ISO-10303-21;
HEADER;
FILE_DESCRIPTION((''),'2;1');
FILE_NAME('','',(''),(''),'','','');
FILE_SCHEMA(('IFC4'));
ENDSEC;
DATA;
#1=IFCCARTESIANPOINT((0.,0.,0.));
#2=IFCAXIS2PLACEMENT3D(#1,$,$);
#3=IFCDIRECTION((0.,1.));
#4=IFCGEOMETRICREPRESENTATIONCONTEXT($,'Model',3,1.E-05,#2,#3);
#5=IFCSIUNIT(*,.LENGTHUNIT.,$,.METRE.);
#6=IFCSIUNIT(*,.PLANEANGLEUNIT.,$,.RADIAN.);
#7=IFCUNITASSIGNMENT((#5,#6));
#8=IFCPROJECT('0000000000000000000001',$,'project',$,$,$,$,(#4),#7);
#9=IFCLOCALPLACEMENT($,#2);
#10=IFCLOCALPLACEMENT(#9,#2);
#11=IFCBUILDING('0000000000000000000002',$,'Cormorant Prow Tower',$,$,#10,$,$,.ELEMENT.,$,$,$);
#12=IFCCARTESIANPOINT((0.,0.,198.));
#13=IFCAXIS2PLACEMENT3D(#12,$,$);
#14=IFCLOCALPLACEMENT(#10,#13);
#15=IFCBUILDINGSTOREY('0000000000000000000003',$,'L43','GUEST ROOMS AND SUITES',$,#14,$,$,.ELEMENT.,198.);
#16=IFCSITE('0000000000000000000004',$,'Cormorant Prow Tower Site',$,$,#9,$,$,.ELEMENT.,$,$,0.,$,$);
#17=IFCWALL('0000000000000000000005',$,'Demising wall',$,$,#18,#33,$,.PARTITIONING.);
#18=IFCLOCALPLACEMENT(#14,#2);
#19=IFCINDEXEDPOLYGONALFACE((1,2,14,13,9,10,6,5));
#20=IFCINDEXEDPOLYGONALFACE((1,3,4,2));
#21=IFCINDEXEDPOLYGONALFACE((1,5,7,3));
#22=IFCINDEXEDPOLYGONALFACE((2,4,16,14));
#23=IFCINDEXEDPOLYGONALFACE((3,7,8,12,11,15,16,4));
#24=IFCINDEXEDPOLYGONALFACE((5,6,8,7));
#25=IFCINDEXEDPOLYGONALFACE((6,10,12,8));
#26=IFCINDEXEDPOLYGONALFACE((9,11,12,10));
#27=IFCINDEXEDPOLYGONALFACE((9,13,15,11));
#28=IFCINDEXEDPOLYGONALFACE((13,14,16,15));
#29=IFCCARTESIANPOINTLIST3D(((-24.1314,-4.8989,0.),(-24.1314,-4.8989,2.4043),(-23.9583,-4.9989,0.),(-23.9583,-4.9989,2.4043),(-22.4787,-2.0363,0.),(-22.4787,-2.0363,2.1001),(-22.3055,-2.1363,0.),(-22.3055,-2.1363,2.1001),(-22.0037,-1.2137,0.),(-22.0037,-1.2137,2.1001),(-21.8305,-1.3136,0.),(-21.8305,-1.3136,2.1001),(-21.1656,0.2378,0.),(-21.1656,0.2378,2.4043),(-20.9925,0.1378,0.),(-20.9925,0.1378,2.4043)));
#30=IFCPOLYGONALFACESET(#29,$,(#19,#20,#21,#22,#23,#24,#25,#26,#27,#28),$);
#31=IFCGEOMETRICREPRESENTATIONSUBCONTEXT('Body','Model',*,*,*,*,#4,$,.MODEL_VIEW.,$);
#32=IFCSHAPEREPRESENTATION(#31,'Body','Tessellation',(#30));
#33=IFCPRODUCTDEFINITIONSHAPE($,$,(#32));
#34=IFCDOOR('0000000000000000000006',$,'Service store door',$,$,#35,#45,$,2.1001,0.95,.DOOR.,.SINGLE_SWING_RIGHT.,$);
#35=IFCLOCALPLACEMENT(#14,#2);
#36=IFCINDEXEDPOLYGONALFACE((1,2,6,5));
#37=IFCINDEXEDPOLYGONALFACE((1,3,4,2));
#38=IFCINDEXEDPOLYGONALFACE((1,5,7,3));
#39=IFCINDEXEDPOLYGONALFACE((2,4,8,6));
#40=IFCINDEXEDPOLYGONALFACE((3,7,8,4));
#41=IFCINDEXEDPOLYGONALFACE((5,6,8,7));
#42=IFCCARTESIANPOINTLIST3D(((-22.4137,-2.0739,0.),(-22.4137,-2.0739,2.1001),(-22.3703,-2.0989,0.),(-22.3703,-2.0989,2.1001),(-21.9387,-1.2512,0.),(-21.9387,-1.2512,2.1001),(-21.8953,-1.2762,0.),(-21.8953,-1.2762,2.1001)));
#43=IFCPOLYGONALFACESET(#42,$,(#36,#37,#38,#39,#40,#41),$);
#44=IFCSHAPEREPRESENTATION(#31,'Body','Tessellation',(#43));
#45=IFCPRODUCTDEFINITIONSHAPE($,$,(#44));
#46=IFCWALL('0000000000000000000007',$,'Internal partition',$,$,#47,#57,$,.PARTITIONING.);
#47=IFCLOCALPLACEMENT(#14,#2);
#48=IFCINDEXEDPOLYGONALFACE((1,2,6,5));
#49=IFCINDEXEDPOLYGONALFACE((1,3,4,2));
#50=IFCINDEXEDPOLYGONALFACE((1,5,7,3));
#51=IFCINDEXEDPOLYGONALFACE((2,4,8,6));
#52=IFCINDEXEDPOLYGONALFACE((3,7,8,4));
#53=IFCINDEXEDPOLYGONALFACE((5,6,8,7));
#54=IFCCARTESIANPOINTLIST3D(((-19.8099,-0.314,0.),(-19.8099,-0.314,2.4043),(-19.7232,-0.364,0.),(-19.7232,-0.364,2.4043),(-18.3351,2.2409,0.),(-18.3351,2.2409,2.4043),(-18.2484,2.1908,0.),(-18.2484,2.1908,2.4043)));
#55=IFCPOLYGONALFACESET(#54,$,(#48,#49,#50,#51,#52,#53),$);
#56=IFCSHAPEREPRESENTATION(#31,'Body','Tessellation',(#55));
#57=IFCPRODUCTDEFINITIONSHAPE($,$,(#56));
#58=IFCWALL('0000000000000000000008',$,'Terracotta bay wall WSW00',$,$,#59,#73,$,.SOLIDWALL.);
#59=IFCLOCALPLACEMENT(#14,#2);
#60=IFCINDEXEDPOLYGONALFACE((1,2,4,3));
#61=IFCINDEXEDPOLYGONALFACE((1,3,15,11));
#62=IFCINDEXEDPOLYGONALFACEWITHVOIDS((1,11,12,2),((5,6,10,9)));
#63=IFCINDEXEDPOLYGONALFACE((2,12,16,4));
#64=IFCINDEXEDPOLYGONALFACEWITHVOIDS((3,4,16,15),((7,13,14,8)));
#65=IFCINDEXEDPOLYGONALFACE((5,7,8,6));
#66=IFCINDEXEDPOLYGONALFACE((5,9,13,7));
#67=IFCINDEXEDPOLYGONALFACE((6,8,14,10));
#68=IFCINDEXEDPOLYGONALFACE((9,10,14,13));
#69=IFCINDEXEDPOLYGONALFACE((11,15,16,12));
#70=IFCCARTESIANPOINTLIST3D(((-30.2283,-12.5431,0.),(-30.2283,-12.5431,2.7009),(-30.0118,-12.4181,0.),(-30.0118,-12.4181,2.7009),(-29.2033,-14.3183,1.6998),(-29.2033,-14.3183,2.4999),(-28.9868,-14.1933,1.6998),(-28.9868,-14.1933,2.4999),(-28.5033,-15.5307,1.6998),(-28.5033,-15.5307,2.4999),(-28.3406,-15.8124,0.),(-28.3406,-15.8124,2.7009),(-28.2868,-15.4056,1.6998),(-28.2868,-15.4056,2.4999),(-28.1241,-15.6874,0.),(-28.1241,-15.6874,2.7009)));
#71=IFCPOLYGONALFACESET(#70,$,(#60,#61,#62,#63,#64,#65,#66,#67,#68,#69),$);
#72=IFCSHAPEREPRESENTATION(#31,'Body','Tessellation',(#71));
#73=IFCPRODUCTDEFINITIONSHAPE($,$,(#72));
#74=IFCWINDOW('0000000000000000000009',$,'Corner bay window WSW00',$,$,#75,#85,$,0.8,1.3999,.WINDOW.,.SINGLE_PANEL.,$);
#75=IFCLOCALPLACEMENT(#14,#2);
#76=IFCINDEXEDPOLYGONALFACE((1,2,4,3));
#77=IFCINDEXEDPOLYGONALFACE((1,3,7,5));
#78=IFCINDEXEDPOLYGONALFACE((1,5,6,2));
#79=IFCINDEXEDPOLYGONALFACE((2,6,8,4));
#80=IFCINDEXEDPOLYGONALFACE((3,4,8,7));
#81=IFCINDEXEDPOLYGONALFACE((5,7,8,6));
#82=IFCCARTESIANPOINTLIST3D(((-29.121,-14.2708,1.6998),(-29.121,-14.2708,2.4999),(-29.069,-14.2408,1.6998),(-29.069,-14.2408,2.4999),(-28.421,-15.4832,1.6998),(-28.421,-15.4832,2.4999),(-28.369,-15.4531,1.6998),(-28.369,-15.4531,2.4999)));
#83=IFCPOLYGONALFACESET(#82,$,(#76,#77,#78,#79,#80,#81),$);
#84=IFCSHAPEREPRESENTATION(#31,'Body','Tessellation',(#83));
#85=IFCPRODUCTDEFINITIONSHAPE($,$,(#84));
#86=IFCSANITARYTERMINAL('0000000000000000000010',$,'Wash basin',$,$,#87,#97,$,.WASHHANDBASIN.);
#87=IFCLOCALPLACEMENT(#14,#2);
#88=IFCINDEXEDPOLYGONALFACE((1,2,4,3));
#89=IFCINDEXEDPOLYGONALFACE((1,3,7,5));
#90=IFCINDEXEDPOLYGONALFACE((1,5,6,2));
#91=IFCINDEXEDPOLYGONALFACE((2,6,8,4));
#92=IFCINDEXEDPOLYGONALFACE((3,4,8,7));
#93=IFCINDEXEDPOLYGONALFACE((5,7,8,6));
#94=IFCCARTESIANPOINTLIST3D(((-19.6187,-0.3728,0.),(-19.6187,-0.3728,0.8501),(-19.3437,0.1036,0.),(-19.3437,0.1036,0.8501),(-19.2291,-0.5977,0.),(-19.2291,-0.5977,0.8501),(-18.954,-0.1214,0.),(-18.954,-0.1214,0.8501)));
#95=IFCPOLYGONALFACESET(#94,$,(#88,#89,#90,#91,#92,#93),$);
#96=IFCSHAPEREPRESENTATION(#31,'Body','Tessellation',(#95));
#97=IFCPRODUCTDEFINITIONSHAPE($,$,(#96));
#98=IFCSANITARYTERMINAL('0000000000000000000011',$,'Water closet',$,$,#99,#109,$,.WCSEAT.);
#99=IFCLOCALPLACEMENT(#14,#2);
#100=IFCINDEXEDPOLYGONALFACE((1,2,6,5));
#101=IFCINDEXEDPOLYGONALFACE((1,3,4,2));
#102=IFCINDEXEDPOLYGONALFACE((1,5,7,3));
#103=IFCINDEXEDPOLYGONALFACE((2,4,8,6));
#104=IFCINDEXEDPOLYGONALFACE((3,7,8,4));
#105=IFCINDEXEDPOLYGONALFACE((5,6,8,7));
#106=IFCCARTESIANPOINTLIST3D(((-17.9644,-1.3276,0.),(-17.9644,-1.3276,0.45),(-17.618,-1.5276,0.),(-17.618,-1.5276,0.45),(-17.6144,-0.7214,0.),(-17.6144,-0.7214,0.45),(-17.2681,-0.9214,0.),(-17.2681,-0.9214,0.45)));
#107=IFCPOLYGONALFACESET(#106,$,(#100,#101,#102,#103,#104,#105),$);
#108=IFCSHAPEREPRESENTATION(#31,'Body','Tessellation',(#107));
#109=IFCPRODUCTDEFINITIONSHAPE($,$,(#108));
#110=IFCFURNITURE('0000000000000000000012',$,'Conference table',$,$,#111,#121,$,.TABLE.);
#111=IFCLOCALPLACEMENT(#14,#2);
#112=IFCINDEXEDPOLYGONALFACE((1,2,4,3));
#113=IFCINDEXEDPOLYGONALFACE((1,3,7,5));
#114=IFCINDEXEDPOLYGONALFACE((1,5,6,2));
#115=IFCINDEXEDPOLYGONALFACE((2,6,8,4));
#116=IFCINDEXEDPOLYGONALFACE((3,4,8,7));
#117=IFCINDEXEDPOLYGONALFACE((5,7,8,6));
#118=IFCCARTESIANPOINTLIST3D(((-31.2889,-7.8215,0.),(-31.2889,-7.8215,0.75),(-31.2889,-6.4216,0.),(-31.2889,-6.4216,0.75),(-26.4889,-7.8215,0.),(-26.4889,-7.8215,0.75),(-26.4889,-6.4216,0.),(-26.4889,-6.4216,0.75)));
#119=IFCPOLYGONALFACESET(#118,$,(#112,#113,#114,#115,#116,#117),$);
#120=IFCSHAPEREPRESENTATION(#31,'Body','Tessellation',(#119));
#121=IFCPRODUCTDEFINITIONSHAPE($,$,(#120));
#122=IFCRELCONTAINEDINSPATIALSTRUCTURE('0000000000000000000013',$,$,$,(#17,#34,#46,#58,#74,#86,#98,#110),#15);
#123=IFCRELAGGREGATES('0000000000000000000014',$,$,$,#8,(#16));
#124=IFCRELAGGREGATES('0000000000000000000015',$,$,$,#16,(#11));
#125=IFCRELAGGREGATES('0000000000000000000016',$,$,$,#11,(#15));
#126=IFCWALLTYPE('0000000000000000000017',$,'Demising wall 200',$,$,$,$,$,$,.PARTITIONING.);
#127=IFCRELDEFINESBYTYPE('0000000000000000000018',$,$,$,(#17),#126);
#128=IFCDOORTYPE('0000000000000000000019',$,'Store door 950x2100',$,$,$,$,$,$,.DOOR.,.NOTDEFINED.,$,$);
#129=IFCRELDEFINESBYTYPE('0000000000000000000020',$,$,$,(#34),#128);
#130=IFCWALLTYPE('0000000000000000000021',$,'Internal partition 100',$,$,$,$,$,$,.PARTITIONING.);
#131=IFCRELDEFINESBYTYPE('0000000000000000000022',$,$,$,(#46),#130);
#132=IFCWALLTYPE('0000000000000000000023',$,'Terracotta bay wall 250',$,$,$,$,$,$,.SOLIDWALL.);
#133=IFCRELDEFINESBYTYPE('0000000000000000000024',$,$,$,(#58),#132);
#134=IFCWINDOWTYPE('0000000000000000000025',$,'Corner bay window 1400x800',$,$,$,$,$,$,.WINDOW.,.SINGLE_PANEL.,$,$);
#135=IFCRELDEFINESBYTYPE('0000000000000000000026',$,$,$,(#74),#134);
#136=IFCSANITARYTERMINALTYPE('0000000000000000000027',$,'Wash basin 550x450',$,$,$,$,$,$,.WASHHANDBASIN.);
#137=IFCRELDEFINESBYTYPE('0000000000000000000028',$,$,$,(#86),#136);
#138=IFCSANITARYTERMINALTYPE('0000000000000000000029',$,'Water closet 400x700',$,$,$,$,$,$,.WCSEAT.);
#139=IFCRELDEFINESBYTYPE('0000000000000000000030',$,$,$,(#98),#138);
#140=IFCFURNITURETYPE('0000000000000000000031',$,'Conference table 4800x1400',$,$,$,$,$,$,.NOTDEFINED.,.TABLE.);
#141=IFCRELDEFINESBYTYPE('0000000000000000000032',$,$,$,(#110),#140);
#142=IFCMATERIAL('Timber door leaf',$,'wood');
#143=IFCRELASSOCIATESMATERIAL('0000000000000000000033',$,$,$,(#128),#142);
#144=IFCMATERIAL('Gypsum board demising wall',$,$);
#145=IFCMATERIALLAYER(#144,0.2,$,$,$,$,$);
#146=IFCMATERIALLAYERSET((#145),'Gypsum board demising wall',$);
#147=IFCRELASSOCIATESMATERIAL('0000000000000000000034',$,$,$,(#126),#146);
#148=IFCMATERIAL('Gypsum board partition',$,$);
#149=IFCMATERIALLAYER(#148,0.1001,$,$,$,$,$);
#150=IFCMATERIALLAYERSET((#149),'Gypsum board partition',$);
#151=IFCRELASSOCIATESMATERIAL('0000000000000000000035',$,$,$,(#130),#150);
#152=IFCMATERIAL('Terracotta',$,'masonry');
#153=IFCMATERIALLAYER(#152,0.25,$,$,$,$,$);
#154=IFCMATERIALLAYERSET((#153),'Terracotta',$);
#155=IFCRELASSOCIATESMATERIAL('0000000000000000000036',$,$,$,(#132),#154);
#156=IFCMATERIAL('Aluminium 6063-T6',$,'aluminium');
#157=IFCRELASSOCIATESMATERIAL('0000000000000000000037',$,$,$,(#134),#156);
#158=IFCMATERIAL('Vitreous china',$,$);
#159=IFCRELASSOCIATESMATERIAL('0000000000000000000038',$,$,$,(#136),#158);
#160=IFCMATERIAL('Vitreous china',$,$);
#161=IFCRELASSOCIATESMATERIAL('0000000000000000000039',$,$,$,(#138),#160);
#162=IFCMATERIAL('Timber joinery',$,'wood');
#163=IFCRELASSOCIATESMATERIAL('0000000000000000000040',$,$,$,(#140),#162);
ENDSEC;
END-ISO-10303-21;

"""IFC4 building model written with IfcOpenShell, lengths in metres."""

from ifc_helpers import new_model, si_unit, direction, frame, frame_2d, origin, origin_2d, place, context, subcontext, project, spatial, rectangle, extrude, material, layer, layer_set, type_object, element, fill, save


model = new_model("IFC4")

# Units and contexts
model_context = context("Model", 3, precision=1e-05, world=origin(), true_north=direction((0.0, 1.0)))
body_context = subcontext(model_context, "Body", "Model", "MODEL_VIEW")
ifc_project = project(units=[si_unit("LENGTHUNIT", "METRE"), si_unit("PLANEANGLEUNIT", "RADIAN")], contexts=[model_context])

# Site, building, storey
site_placement = place(None, origin())
site = spatial("IfcSite", under=ifc_project, at=site_placement, Name="Cormorant Prow Tower Site", CompositionType="ELEMENT", RefElevation=0.0)
building_placement = place(site_placement, origin())
building = spatial("IfcBuilding", under=site, at=building_placement, Name="Cormorant Prow Tower", CompositionType="ELEMENT")
storey_placement = place(building_placement, frame((0.0, 0.0, 198.0)))
storey = spatial("IfcBuildingStorey", under=building, at=storey_placement, Name="L43", Description="GUEST ROOMS AND SUITES", CompositionType="ELEMENT", Elevation=198.0)

# Shared definitions
ifc_material_1 = material(Name="Timber door leaf", Category="wood")
door_type_1 = type_object("IfcDoorType", Name="Store door 950x2100", OperationType="NOTDEFINED", PredefinedType="DOOR", material=ifc_material_1)

# Shared definitions
ifc_material_2 = material(Name="Gypsum board demising wall")
ifc_layer_1 = layer(ifc_material_2, 0.2)
ifc_layer_set_1 = layer_set([ifc_layer_1], Name="Gypsum board demising wall")
wall_type_1 = type_object("IfcWallType", Name="Demising wall 200", PredefinedType="PARTITIONING", material=ifc_layer_set_1)

# Wall, opening, door
wall_1_placement = place(storey_placement, frame((-24.0449, -4.949, 0.0), z_axis=(0.0, 0.0, 1.0), x_axis=(0.500017, 0.866016, 0.0)))
wall_1 = element("IfcWall", 1, at=wall_1_placement, inside=storey, type_object=wall_type_1, Name="Demising wall", PredefinedType="PARTITIONING", context=body_context, shape_type="SweptSolid", body=[
    extrude(rectangle(XDim=5.9314, YDim=0.2, at=frame_2d((2.9658, 0.0))), origin(), (0.0, 0.0, 1.0), 2.4043),
])
opening_1_placement = place(wall_1_placement, frame((3.3054, 0.0, 0.0)))
opening_1 = element("IfcOpeningElement", 2, at=opening_1_placement, cuts=wall_1, PredefinedType="OPENING", context=body_context, shape_type="SweptSolid", body=[
    extrude(rectangle(XDim=0.95, YDim=2.1001, at=frame_2d((0.4751, 1.05))), frame((0.0, 0.1099, 0.0), z_axis=(0.0, -1.0, 0.0), x_axis=(1.0, 0.0, 0.0)), (0.0, 0.0, 1.0), 0.22),
])
door_1_placement = place(opening_1_placement, origin())
door_1 = element("IfcDoor", 3, at=door_1_placement, inside=storey, type_object=door_type_1, Name="Service store door", OperationType="SINGLE_SWING_RIGHT", OverallHeight=2.1001, OverallWidth=0.95, PredefinedType="DOOR", context=body_context, shape_type="SweptSolid", body=[
    extrude(rectangle(XDim=0.95, YDim=2.1001, at=frame_2d((0.4751, 1.05))), frame((0.0, 0.0249, 0.0), z_axis=(0.0, -1.0, 0.0), x_axis=(1.0, 0.0, 0.0)), (0.0, 0.0, 1.0), 0.05),
])
fill(opening_1, door_1)

# Wall
ifc_material_3 = material(Name="Gypsum board partition")
ifc_layer_2 = layer(ifc_material_3, 0.1001)
ifc_layer_set_2 = layer_set([ifc_layer_2], Name="Gypsum board partition")
wall_type_2 = type_object("IfcWallType", Name="Internal partition 100", PredefinedType="PARTITIONING", material=ifc_layer_set_2)
wall_2_placement = place(storey_placement, frame((-19.7666, -0.3391, 0.0), z_axis=(0.0, 0.0, 1.0), x_axis=(0.49994, 0.86606, 0.0)))
element("IfcWall", 4, at=wall_2_placement, inside=storey, type_object=wall_type_2, Name="Internal partition", PredefinedType="PARTITIONING", context=body_context, shape_type="SweptSolid", body=[
    extrude(rectangle(XDim=2.95, YDim=0.1001, at=frame_2d((1.4751, 0.0))), origin(), (0.0, 0.0, 1.0), 2.4043),
])

# Wall, opening, window
ifc_material_4 = material(Name="Terracotta", Category="masonry")
ifc_layer_3 = layer(ifc_material_4, 0.25)
ifc_layer_set_3 = layer_set([ifc_layer_3], Name="Terracotta")
wall_type_3 = type_object("IfcWallType", Name="Terracotta bay wall 250", PredefinedType="SOLIDWALL", material=ifc_layer_set_3)
wall_3_placement = place(storey_placement, frame((-30.1201, -12.4805, 0.0), z_axis=(0.0, 0.0, 1.0), x_axis=(0.500034, -0.866006, 0.0)))
wall_3 = element("IfcWall", 5, at=wall_3_placement, inside=storey, type_object=wall_type_3, Name="Terracotta bay wall WSW00", PredefinedType="SOLIDWALL", context=body_context, shape_type="SweptSolid", body=[
    extrude(rectangle(XDim=3.7751, YDim=0.25, at=frame_2d((1.8877, 0.0))), origin(), (0.0, 0.0, 1.0), 2.7009),
])
opening_2_placement = place(wall_3_placement, frame((2.05, 0.0, 1.7)))
opening_2 = element("IfcOpeningElement", 6, at=opening_2_placement, cuts=wall_3, PredefinedType="OPENING", context=body_context, shape_type="SweptSolid", body=[
    extrude(rectangle(XDim=1.3999, YDim=0.8, at=frame_2d((0.7, 0.3999))), frame((0.0, 0.135, 0.0), z_axis=(0.0, -1.0, 0.0), x_axis=(1.0, 0.0, 0.0)), (0.0, 0.0, 1.0), 0.27),
])
ifc_material_5 = material(Name="Aluminium 6063-T6", Category="aluminium")
window_type = type_object("IfcWindowType", Name="Corner bay window 1400x800", PartitioningType="SINGLE_PANEL", PredefinedType="WINDOW", material=ifc_material_5)
window_placement = place(opening_2_placement, origin())
window = element("IfcWindow", 7, at=window_placement, inside=storey, type_object=window_type, Name="Corner bay window WSW00", OverallHeight=0.8, OverallWidth=1.3999, PartitioningType="SINGLE_PANEL", PredefinedType="WINDOW", context=body_context, shape_type="SweptSolid", body=[
    extrude(rectangle(XDim=1.3999, YDim=0.8, at=frame_2d((0.7, 0.3999))), frame((0.0, 0.03, 0.0), z_axis=(0.0, -1.0, 0.0), x_axis=(1.0, 0.0, 0.0)), (0.0, 0.0, 1.0), 0.0601),
])
fill(opening_2, window)

# Sanitary terminals
ifc_material_6 = material(Name="Vitreous china")
sanitary_terminal_type_1 = type_object("IfcSanitaryTerminalType", Name="Wash basin 550x450", PredefinedType="WASHHANDBASIN", material=ifc_material_6)
sanitary_terminal_1_placement = place(storey_placement, frame((-19.2864, -0.2471, 0.0), z_axis=(0.0, 0.0, 1.0), x_axis=(0.5, 0.866025, 0.0)))
element("IfcSanitaryTerminal", 8, at=sanitary_terminal_1_placement, inside=storey, type_object=sanitary_terminal_type_1, Name="Wash basin", PredefinedType="WASHHANDBASIN", context=body_context, shape_type="SweptSolid", body=[
    extrude(rectangle(XDim=0.55, YDim=0.45, at=origin_2d()), origin(), (0.0, 0.0, 1.0), 0.8501),
])
ifc_material_7 = material(Name="Vitreous china")
sanitary_terminal_type_2 = type_object("IfcSanitaryTerminalType", Name="Water closet 400x700", PredefinedType="WCSEAT", material=ifc_material_7)
sanitary_terminal_2_placement = place(storey_placement, frame((-17.6162, -1.1245, 0.0), z_axis=(0.0, 0.0, 1.0), x_axis=(-0.866025, 0.5, 0.0)))
element("IfcSanitaryTerminal", 9, at=sanitary_terminal_2_placement, inside=storey, type_object=sanitary_terminal_type_2, Name="Water closet", PredefinedType="WCSEAT", context=body_context, shape_type="SweptSolid", body=[
    extrude(rectangle(XDim=0.3999, YDim=0.7, at=origin_2d()), origin(), (0.0, 0.0, 1.0), 0.45),
])

# Furniture
ifc_material_8 = material(Name="Timber joinery", Category="wood")
furniture_type = type_object("IfcFurnitureType", Name="Conference table 4800x1400", AssemblyPlace="NOTDEFINED", PredefinedType="TABLE", material=ifc_material_8)
furniture_placement = place(storey_placement, frame((-28.8889, -7.1216, 0.0), z_axis=(0.0, 0.0, 1.0), x_axis=(1.0, 0.0, 0.0)))
element("IfcFurniture", 10, at=furniture_placement, inside=storey, type_object=furniture_type, Name="Conference table", PredefinedType="TABLE", context=body_context, shape_type="SweptSolid", body=[
    extrude(rectangle(XDim=4.8, YDim=1.3999, at=origin_2d()), origin(), (0.0, 0.0, 1.0), 0.75),
])

save(model, "model.ifc")
